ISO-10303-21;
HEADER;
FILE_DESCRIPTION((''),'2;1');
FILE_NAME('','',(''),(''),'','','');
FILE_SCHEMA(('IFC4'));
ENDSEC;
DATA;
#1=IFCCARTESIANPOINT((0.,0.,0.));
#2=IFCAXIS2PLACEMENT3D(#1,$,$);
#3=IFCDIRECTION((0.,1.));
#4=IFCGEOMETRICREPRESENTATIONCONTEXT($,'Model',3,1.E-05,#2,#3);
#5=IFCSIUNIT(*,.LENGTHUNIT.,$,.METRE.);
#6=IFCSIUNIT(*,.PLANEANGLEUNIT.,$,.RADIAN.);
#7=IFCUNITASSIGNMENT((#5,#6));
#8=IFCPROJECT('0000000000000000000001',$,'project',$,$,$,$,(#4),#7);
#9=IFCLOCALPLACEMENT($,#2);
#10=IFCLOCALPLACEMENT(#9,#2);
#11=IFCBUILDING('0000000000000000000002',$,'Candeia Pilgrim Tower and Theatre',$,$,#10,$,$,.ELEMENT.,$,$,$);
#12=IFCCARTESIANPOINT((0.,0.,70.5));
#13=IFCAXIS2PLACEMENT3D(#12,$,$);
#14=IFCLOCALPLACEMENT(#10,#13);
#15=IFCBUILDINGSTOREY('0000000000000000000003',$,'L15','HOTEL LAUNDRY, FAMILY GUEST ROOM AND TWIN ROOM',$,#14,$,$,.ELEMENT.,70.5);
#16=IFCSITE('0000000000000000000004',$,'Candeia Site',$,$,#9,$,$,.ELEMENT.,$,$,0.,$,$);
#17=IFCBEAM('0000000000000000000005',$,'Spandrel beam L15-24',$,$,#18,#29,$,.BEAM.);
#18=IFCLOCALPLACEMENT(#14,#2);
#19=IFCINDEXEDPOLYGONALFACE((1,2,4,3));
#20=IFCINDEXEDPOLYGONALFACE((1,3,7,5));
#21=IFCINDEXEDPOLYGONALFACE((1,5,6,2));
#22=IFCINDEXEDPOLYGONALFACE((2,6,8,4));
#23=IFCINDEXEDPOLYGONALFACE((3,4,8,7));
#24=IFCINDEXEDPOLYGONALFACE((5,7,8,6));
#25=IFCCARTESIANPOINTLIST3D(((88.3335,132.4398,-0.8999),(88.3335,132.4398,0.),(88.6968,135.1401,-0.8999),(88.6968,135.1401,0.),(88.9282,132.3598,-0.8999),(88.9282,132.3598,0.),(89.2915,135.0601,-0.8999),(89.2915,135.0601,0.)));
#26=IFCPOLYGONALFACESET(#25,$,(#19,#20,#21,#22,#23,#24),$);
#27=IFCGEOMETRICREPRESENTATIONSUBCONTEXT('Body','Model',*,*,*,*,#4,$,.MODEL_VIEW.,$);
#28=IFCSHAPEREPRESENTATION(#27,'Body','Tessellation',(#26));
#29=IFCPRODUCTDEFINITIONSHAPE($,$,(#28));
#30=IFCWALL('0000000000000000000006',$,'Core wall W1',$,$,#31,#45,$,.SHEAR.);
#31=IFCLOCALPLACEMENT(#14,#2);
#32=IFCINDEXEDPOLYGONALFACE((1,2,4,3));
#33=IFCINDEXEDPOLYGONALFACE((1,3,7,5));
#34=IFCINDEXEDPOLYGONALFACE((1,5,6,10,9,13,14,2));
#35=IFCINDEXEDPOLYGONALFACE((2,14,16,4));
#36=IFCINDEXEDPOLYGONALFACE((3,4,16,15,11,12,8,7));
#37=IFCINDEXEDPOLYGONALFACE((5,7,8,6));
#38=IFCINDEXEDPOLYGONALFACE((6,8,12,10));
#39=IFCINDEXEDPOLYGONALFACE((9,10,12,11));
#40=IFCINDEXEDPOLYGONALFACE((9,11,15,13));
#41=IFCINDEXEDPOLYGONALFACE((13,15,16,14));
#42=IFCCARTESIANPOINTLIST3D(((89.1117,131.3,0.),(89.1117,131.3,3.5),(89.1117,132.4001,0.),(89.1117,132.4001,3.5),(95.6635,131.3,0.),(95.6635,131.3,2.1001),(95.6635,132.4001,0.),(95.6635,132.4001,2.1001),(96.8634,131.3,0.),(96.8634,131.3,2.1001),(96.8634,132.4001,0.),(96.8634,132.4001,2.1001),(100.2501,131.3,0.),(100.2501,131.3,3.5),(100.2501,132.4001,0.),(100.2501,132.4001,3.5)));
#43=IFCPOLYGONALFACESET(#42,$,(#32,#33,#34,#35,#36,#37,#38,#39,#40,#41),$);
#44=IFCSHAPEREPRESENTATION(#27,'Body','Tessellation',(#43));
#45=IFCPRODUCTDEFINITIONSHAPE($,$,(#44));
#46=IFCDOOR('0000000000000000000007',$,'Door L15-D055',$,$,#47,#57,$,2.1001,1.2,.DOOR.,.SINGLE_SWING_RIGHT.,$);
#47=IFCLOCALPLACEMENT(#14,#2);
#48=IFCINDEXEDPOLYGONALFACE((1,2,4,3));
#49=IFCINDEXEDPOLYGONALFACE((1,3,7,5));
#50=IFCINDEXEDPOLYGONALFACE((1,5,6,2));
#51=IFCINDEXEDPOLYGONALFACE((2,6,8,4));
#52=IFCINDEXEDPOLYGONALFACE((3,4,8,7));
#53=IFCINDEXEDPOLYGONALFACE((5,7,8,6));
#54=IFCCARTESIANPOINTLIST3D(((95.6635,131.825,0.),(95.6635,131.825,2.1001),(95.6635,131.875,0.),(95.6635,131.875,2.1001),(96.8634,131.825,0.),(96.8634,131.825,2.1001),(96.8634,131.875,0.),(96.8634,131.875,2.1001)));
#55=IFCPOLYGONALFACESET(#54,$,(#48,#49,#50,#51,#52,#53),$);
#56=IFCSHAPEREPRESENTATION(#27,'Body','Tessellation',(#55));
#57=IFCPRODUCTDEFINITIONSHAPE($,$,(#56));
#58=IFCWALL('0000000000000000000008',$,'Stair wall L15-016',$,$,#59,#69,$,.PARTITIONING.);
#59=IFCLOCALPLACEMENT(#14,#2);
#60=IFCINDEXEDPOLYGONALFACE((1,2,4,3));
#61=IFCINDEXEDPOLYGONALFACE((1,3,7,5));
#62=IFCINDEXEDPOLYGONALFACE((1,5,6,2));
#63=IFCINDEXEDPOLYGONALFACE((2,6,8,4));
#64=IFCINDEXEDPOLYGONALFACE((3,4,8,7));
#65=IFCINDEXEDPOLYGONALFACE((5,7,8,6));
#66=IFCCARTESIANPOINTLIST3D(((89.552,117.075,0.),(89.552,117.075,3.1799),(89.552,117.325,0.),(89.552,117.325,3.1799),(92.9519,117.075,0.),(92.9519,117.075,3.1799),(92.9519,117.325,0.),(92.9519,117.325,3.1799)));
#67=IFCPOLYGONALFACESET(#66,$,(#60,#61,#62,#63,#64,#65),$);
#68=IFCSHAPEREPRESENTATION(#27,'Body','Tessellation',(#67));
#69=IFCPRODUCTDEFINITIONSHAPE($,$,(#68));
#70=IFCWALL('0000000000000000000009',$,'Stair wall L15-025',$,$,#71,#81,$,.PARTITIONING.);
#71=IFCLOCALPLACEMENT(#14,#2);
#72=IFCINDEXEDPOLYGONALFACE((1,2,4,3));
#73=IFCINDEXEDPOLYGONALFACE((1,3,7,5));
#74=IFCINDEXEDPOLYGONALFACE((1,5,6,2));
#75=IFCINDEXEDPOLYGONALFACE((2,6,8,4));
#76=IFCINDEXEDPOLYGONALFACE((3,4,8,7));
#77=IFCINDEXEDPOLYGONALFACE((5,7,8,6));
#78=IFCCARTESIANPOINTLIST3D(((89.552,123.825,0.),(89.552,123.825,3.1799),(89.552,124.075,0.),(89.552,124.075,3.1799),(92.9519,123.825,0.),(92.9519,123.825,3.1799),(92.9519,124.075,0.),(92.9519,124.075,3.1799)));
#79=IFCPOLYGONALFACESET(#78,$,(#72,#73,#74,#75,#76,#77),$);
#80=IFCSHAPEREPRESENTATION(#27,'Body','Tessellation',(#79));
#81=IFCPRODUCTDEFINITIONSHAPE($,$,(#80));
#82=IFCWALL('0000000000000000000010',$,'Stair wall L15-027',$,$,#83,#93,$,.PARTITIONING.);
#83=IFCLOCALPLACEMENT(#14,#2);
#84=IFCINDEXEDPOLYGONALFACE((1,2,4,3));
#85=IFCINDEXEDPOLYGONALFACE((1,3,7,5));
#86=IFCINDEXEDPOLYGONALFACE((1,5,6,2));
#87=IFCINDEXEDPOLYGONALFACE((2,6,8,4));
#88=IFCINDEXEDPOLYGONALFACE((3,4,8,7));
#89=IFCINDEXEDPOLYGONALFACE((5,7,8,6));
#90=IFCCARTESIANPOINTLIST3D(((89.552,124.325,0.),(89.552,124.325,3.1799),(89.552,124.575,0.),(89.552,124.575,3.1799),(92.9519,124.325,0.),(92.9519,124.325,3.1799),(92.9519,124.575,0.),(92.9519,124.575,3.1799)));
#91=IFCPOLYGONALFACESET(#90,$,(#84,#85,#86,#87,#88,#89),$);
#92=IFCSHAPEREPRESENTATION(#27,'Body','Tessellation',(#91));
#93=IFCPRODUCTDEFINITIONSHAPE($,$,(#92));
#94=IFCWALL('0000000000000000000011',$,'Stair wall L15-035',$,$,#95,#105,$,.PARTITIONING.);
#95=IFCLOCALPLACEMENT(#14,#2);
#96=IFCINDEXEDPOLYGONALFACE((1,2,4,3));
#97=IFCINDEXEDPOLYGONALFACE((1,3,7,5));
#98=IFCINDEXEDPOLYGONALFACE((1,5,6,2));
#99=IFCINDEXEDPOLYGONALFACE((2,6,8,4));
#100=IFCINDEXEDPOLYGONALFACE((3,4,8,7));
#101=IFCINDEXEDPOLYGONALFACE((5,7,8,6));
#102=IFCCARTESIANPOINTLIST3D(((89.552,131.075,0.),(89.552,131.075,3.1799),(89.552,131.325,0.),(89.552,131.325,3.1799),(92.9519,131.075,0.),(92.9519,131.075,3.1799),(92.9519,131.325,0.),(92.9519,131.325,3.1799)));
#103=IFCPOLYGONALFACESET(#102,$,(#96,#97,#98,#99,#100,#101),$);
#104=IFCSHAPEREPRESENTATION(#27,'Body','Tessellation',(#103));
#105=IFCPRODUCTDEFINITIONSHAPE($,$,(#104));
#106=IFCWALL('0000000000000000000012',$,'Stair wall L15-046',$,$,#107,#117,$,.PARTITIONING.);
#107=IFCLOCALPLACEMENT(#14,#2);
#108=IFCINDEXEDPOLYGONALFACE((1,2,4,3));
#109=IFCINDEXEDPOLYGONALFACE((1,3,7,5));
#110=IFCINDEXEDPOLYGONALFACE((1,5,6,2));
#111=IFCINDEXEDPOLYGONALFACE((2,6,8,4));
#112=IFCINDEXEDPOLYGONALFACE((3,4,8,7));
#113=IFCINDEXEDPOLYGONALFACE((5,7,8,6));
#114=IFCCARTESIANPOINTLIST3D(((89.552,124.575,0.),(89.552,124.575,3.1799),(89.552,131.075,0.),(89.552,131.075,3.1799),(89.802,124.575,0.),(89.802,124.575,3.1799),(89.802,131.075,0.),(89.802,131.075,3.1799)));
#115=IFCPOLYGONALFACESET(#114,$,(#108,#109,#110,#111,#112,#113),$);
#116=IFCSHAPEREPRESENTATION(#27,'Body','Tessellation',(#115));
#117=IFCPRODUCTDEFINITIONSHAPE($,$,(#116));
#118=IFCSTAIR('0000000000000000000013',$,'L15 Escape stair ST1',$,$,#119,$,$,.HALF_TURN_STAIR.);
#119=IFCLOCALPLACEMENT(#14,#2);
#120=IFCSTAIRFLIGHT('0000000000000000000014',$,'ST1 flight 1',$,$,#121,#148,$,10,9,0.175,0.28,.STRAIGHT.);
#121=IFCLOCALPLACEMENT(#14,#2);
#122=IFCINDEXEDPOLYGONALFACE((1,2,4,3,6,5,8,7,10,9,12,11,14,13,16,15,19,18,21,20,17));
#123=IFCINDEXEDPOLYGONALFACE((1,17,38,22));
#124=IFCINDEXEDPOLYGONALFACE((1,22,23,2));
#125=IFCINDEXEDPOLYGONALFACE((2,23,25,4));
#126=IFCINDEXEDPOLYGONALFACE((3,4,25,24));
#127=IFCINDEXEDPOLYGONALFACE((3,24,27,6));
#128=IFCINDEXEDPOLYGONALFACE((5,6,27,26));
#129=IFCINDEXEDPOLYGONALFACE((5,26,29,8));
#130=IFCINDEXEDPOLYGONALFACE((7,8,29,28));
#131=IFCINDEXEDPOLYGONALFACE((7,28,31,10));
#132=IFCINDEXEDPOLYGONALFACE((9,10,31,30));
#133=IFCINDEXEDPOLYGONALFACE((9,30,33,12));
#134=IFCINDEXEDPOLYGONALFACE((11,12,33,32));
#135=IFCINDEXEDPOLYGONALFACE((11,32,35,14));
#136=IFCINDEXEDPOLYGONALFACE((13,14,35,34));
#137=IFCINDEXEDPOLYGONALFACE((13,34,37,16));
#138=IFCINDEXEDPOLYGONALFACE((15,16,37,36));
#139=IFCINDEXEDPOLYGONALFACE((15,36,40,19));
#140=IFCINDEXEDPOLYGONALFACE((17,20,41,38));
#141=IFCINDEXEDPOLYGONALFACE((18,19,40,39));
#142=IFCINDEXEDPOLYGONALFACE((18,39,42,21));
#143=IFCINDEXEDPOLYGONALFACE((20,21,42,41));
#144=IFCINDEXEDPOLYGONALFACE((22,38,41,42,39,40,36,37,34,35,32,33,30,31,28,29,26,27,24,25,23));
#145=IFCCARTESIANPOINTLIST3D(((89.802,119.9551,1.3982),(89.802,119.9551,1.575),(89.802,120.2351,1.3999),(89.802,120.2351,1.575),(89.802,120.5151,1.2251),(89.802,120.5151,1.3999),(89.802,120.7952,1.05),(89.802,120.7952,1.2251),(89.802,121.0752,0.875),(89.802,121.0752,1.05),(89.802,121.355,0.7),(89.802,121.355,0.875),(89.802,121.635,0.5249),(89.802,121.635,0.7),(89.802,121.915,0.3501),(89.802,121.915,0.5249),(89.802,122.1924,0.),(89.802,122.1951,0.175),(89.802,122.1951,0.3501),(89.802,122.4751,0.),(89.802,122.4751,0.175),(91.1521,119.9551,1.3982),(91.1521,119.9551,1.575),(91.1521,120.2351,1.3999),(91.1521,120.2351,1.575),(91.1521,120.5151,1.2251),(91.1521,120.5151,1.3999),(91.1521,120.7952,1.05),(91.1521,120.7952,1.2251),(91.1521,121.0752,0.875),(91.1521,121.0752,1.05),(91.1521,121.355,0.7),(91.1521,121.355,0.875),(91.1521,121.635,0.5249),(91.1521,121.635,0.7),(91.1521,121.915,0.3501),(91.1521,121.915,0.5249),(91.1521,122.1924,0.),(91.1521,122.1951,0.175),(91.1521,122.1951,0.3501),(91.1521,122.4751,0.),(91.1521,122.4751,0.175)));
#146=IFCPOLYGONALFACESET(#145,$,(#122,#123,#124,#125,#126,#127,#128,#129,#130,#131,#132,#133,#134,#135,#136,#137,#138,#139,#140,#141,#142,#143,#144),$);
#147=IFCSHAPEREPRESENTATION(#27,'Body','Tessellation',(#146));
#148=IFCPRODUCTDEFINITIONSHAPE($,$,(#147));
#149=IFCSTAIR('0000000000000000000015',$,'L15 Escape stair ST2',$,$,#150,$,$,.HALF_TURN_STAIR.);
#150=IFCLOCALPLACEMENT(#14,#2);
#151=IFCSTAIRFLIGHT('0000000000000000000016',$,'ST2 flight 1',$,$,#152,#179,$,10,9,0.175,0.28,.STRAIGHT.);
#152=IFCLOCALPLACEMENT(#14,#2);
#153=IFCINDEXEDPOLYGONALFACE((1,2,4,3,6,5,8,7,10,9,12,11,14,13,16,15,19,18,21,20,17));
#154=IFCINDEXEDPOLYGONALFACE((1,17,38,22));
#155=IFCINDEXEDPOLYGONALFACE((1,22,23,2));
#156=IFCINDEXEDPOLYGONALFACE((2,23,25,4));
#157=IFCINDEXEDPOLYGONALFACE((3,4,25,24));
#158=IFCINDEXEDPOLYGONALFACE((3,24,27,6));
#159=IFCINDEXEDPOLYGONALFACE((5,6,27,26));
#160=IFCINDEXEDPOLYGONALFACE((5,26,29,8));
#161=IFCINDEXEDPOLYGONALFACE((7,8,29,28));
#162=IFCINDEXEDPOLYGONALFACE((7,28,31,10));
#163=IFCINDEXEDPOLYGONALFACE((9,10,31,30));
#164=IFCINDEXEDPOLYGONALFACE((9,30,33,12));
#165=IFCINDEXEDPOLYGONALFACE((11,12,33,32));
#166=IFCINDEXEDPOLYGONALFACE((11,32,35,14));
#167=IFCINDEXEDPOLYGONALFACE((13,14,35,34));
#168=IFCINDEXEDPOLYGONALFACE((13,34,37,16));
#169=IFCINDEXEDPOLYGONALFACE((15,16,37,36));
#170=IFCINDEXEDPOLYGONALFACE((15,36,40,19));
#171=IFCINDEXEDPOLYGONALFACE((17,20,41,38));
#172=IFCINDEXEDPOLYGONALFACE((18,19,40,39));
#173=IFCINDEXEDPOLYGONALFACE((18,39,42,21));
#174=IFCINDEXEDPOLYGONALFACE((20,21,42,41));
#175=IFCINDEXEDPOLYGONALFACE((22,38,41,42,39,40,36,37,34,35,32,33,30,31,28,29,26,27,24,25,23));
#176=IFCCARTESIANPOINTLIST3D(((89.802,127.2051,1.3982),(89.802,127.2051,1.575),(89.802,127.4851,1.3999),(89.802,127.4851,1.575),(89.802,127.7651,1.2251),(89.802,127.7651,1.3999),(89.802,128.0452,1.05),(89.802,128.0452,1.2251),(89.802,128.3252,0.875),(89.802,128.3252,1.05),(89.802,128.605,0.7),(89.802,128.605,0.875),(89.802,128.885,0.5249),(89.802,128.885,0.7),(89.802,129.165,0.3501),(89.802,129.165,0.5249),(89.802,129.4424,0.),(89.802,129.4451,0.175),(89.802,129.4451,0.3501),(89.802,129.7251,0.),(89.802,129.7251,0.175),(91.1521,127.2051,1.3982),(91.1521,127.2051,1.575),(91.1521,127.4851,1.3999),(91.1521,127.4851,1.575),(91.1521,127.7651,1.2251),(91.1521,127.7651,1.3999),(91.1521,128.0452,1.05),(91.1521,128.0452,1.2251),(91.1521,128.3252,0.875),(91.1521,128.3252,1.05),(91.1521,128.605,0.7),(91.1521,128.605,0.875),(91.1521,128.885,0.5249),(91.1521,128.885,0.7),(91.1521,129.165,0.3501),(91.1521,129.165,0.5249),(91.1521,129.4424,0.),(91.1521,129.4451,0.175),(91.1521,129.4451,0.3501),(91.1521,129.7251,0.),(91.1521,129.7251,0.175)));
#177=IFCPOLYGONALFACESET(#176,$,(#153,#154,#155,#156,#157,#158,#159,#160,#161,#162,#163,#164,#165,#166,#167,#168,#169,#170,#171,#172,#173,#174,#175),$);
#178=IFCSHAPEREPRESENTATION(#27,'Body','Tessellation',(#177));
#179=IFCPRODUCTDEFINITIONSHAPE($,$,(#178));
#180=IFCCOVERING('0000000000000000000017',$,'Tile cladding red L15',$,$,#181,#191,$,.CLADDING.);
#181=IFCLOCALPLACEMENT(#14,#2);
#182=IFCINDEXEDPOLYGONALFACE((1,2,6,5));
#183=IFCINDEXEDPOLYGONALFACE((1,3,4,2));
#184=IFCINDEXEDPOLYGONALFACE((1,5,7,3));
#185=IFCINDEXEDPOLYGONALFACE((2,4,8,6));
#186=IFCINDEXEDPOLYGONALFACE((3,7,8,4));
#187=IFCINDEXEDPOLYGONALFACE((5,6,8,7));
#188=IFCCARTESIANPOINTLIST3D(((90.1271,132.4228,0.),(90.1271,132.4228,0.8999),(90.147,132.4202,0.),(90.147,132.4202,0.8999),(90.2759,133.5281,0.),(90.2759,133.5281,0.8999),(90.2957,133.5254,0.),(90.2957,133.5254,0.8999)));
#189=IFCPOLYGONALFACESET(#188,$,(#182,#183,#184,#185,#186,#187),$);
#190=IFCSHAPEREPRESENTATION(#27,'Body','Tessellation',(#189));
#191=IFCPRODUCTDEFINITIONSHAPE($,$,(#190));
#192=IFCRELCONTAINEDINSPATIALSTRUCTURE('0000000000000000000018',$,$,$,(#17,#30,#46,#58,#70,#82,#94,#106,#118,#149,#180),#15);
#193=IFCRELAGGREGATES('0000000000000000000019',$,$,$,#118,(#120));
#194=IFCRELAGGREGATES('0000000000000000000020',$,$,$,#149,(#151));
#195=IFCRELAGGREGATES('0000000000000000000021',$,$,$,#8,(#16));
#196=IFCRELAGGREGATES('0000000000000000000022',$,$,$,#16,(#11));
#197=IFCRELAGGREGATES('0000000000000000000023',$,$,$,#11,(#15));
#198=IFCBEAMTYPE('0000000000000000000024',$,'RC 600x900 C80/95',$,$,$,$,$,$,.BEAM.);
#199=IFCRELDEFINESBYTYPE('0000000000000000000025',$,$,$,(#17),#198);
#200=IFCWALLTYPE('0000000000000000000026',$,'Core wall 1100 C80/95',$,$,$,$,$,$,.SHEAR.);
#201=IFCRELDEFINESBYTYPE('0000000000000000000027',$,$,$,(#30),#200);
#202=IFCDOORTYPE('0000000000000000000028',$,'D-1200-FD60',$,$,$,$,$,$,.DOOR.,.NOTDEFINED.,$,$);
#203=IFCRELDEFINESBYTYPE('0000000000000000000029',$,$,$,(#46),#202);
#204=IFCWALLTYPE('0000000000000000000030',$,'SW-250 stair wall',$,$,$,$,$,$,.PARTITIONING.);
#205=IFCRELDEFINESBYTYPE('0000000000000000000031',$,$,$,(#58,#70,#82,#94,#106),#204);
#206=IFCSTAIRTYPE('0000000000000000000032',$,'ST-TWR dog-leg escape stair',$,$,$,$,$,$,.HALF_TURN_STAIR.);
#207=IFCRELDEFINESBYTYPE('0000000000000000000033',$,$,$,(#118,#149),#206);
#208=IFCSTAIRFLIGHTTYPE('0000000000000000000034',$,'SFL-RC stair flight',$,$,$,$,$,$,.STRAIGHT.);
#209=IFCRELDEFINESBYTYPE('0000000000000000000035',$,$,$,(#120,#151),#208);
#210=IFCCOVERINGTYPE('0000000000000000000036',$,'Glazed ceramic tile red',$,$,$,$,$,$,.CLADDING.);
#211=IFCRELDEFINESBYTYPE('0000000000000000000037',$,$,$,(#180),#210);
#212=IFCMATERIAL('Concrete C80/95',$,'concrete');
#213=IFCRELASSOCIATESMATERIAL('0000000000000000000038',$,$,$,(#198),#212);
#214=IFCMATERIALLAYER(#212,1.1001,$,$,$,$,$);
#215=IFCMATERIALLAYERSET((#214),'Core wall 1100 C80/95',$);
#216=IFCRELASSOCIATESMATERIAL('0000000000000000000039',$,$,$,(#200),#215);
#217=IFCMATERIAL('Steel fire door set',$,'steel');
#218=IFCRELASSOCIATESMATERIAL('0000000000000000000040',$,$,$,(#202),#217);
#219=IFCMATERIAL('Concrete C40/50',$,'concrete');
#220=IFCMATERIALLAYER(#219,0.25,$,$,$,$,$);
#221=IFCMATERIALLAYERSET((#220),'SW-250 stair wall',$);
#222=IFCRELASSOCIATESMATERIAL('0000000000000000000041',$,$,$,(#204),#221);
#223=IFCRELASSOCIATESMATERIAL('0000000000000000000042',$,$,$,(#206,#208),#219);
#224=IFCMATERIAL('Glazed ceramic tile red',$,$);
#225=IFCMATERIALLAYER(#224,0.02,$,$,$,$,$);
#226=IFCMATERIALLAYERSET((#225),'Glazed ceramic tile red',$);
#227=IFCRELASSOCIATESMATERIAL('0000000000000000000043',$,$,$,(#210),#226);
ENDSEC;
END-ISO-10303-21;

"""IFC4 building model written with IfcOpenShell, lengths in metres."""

from ifc_helpers import new_model, si_unit, direction, frame, frame_2d, origin, origin_2d, place, context, subcontext, project, spatial, polyline, rectangle, outline, extrude, material, layer, layer_set, material_profile, profile_set, type_object, element, fill, aggregate, save


model = new_model("IFC4")

# Units and contexts
model_context = context("Model", 3, precision=1e-05, world=origin(), true_north=direction((0.0, 1.0)))
body_context = subcontext(model_context, "Body", "Model", "MODEL_VIEW")
ifc_project = project(units=[si_unit("LENGTHUNIT", "METRE"), si_unit("PLANEANGLEUNIT", "RADIAN")], contexts=[model_context])

# Site, building, storey
site_placement = place(None, origin())
site = spatial("IfcSite", under=ifc_project, at=site_placement, Name="Candeia Site", CompositionType="ELEMENT", RefElevation=0.0)
building_placement = place(site_placement, origin())
building = spatial("IfcBuilding", under=site, at=building_placement, Name="Candeia Pilgrim Tower and Theatre", CompositionType="ELEMENT")
storey_placement = place(building_placement, frame((0.0, 0.0, 70.5)))
storey = spatial("IfcBuildingStorey", under=building, at=storey_placement, Name="L15", Description="HOTEL LAUNDRY, FAMILY GUEST ROOM AND TWIN ROOM", CompositionType="ELEMENT", Elevation=70.5)

# Beam
ifc_material_1 = material(Name="Concrete C80/95", Category="concrete")
ifc_material_profile = material_profile(ifc_material_1, rectangle(XDim=0.6001, YDim=0.8999, at=origin_2d()))
ifc_profile_set = profile_set([ifc_material_profile], Name="Concrete C80/95")
beam_type = type_object("IfcBeamType", Name="RC 600x900 C80/95", PredefinedType="BEAM", material=ifc_profile_set)
beam_placement = place(storey_placement, frame((88.9941, 135.1001, -0.45), z_axis=(-0.133338, -0.991071, 0.0), x_axis=(0.991071, -0.133338, 0.0)))
element("IfcBeam", 1, at=beam_placement, inside=storey, type_object=beam_type, Name="Spandrel beam L15-24", PredefinedType="BEAM", context=body_context, shape_type="SweptSolid", body=[
    extrude(rectangle(XDim=0.6001, YDim=0.8999, at=origin_2d()), origin(), (0.0, 0.0, 1.0), 2.7246),
])

# Wall, opening, door
ifc_layer_1 = layer(ifc_material_1, 1.1001)
ifc_layer_set_1 = layer_set([ifc_layer_1], Name="Core wall 1100 C80/95")
wall_type_1 = type_object("IfcWallType", Name="Core wall 1100 C80/95", PredefinedType="SHEAR", material=ifc_layer_set_1)
wall_1_placement = place(storey_placement, frame((89.1116, 131.8501, 0.0), z_axis=(0.0, 0.0, 1.0), x_axis=(1.0, 0.0, 0.0)))
wall_1 = element("IfcWall", 2, at=wall_1_placement, inside=storey, type_object=wall_type_1, Name="Core wall W1", PredefinedType="SHEAR", context=body_context, shape_type="SweptSolid", body=[
    extrude(rectangle(XDim=11.1384, YDim=1.1001, at=frame_2d((5.5693, 0.0))), origin(), (0.0, 0.0, 1.0), 3.5),
])
opening_placement = place(wall_1_placement, frame((6.5518, 0.0, 0.0)))
opening = element("IfcOpeningElement", 3, at=opening_placement, cuts=wall_1, PredefinedType="OPENING", context=body_context, shape_type="SweptSolid", body=[
    extrude(rectangle(XDim=1.2, YDim=2.1001, at=frame_2d((0.6001, 1.05))), frame((0.0, 0.5601, 0.0), z_axis=(0.0, -1.0, 0.0), x_axis=(1.0, 0.0, 0.0)), (0.0, 0.0, 1.0), 1.1201),
])
ifc_material_2 = material(Name="Steel fire door set", Category="steel")
door_type = type_object("IfcDoorType", Name="D-1200-FD60", OperationType="NOTDEFINED", PredefinedType="DOOR", material=ifc_material_2)
door_placement = place(opening_placement, origin())
door = element("IfcDoor", 4, at=door_placement, inside=storey, type_object=door_type, Name="Door L15-D055", OperationType="SINGLE_SWING_RIGHT", OverallHeight=2.1001, OverallWidth=1.2, PredefinedType="DOOR", context=body_context, shape_type="SweptSolid", body=[
    extrude(rectangle(XDim=1.2, YDim=2.1001, at=frame_2d((0.6001, 1.05))), frame((0.0, 0.0249, 0.0), z_axis=(0.0, -1.0, 0.0), x_axis=(1.0, 0.0, 0.0)), (0.0, 0.0, 1.0), 0.05),
])
fill(opening, door)

# Walls
ifc_material_3 = material(Name="Concrete C40/50", Category="concrete")
ifc_layer_2 = layer(ifc_material_3, 0.25)
ifc_layer_set_2 = layer_set([ifc_layer_2], Name="SW-250 stair wall")
wall_type_2 = type_object("IfcWallType", Name="SW-250 stair wall", PredefinedType="PARTITIONING", material=ifc_layer_set_2)
for number, where, z_axis, x_axis, name in (
    (5, (89.552, 117.2, 0.0), (0.0, 0.0, 1.0), (1.0, 0.0, 0.0), "Stair wall L15-016"),
    (6, (89.552, 123.95, 0.0), (0.0, 0.0, 1.0), (1.0, 0.0, 0.0), "Stair wall L15-025"),
    (7, (89.552, 124.45, 0.0), (0.0, 0.0, 1.0), (1.0, 0.0, 0.0), "Stair wall L15-027"),
    (8, (89.552, 131.2, 0.0), (0.0, 0.0, 1.0), (1.0, 0.0, 0.0), "Stair wall L15-035"),
):
    element("IfcWall", number, at=place(storey_placement, frame(where, z_axis=z_axis, x_axis=x_axis)), inside=storey, type_object=wall_type_2, Name=name, PredefinedType="PARTITIONING", context=body_context, shape_type="SweptSolid", body=[
        extrude(rectangle(XDim=3.3999, YDim=0.25, at=frame_2d((1.7, 0.0))), origin(), (0.0, 0.0, 1.0), 3.1799),
    ])
wall_2_placement = place(storey_placement, frame((89.677, 124.575, 0.0), z_axis=(0.0, 0.0, 1.0), x_axis=(0.0, 1.0, 0.0)))
element("IfcWall", 9, at=wall_2_placement, inside=storey, type_object=wall_type_2, Name="Stair wall L15-046", PredefinedType="PARTITIONING", context=body_context, shape_type="SweptSolid", body=[
    extrude(rectangle(XDim=6.5, YDim=0.25, at=frame_2d((3.25, 0.0))), origin(), (0.0, 0.0, 1.0), 3.1799),
])

# Stairs, stair flights
stair_type = type_object("IfcStairType", Name="ST-TWR dog-leg escape stair", PredefinedType="HALF_TURN_STAIR", material=ifc_material_3)
stair_1_placement = place(storey_placement, origin())
stair_1 = element("IfcStair", 10, at=stair_1_placement, inside=storey, type_object=stair_type, Name="L15 Escape stair ST1", PredefinedType="HALF_TURN_STAIR")
stair_flight_type = type_object("IfcStairFlightType", Name="SFL-RC stair flight", PredefinedType="STRAIGHT", material=ifc_material_3)
stair_flight_1_placement = place(storey_placement, frame((90.4771, 122.4751, 0.0), z_axis=(0.0, 0.0, 1.0), x_axis=(0.0, -1.0, 0.0)))
stair_flight_1 = element("IfcStairFlight", 11, at=stair_flight_1_placement, type_object=stair_flight_type, Name="ST1 flight 1", NumberOfRisers=10, NumberOfTreads=9, PredefinedType="STRAIGHT", RiserHeight=0.175, TreadLength=0.28, context=body_context, shape_type="SweptSolid", body=[
    extrude(outline(polyline([(0.0, 0.0), (0.0, 0.175), (0.28, 0.175), (0.28, 0.3501), (0.5601, 0.3501), (0.5601, 0.5249), (0.8401, 0.5249), (0.8401, 0.7), (1.1201, 0.7), (1.1201, 0.875), (1.3999, 0.875), (1.3999, 1.05), (1.6799, 1.05), (1.6799, 1.2251), (1.96, 1.2251), (1.96, 1.3999), (2.24, 1.3999), (2.24, 1.575), (2.52, 1.575), (2.52, 1.75), (2.52, 1.3982), (0.2827, 0.0), (0.0, 0.0)])), frame((0.0, 0.675, 0.0), z_axis=(0.0, -1.0, 0.0), x_axis=(1.0, 0.0, 0.0)), (0.0, 0.0, 1.0), 1.3501),
])
aggregate(stair_1, [stair_flight_1])
stair_2_placement = place(storey_placement, origin())
stair_2 = element("IfcStair", 12, at=stair_2_placement, inside=storey, type_object=stair_type, Name="L15 Escape stair ST2", PredefinedType="HALF_TURN_STAIR")
stair_flight_2_placement = place(storey_placement, frame((90.4771, 129.7251, 0.0), z_axis=(0.0, 0.0, 1.0), x_axis=(0.0, -1.0, 0.0)))
stair_flight_2 = element("IfcStairFlight", 13, at=stair_flight_2_placement, type_object=stair_flight_type, Name="ST2 flight 1", NumberOfRisers=10, NumberOfTreads=9, PredefinedType="STRAIGHT", RiserHeight=0.175, TreadLength=0.28, context=body_context, shape_type="SweptSolid", body=[
    extrude(outline(polyline([(0.0, 0.0), (0.0, 0.175), (0.28, 0.175), (0.28, 0.3501), (0.5601, 0.3501), (0.5601, 0.5249), (0.8401, 0.5249), (0.8401, 0.7), (1.1201, 0.7), (1.1201, 0.875), (1.3999, 0.875), (1.3999, 1.05), (1.6799, 1.05), (1.6799, 1.2251), (1.96, 1.2251), (1.96, 1.3999), (2.24, 1.3999), (2.24, 1.575), (2.52, 1.575), (2.52, 1.75), (2.52, 1.3982), (0.2827, 0.0), (0.0, 0.0)])), frame((0.0, 0.675, 0.0), z_axis=(0.0, -1.0, 0.0), x_axis=(1.0, 0.0, 0.0)), (0.0, 0.0, 1.0), 1.3501),
])
aggregate(stair_2, [stair_flight_2])

# Covering
ifc_material_4 = material(Name="Glazed ceramic tile red")
ifc_layer_3 = layer(ifc_material_4, 0.02)
ifc_layer_set_3 = layer_set([ifc_layer_3], Name="Glazed ceramic tile red")
covering_type = type_object("IfcCoveringType", Name="Glazed ceramic tile red", PredefinedType="CLADDING", material=ifc_layer_set_3)
covering_placement = place(storey_placement, frame((90.2114, 132.9741, 0.0), z_axis=(0.0, 0.0, 1.0), x_axis=(-0.133412, -0.991061, 0.0)))
element("IfcCovering", 14, at=covering_placement, inside=storey, type_object=covering_type, Name="Tile cladding red L15", PredefinedType="CLADDING", context=body_context, shape_type="SweptSolid", body=[
    extrude(rectangle(XDim=1.1152, YDim=0.02, at=origin_2d()), origin(), (0.0, 0.0, 1.0), 0.8999),
])

save(model, "model.ifc")
